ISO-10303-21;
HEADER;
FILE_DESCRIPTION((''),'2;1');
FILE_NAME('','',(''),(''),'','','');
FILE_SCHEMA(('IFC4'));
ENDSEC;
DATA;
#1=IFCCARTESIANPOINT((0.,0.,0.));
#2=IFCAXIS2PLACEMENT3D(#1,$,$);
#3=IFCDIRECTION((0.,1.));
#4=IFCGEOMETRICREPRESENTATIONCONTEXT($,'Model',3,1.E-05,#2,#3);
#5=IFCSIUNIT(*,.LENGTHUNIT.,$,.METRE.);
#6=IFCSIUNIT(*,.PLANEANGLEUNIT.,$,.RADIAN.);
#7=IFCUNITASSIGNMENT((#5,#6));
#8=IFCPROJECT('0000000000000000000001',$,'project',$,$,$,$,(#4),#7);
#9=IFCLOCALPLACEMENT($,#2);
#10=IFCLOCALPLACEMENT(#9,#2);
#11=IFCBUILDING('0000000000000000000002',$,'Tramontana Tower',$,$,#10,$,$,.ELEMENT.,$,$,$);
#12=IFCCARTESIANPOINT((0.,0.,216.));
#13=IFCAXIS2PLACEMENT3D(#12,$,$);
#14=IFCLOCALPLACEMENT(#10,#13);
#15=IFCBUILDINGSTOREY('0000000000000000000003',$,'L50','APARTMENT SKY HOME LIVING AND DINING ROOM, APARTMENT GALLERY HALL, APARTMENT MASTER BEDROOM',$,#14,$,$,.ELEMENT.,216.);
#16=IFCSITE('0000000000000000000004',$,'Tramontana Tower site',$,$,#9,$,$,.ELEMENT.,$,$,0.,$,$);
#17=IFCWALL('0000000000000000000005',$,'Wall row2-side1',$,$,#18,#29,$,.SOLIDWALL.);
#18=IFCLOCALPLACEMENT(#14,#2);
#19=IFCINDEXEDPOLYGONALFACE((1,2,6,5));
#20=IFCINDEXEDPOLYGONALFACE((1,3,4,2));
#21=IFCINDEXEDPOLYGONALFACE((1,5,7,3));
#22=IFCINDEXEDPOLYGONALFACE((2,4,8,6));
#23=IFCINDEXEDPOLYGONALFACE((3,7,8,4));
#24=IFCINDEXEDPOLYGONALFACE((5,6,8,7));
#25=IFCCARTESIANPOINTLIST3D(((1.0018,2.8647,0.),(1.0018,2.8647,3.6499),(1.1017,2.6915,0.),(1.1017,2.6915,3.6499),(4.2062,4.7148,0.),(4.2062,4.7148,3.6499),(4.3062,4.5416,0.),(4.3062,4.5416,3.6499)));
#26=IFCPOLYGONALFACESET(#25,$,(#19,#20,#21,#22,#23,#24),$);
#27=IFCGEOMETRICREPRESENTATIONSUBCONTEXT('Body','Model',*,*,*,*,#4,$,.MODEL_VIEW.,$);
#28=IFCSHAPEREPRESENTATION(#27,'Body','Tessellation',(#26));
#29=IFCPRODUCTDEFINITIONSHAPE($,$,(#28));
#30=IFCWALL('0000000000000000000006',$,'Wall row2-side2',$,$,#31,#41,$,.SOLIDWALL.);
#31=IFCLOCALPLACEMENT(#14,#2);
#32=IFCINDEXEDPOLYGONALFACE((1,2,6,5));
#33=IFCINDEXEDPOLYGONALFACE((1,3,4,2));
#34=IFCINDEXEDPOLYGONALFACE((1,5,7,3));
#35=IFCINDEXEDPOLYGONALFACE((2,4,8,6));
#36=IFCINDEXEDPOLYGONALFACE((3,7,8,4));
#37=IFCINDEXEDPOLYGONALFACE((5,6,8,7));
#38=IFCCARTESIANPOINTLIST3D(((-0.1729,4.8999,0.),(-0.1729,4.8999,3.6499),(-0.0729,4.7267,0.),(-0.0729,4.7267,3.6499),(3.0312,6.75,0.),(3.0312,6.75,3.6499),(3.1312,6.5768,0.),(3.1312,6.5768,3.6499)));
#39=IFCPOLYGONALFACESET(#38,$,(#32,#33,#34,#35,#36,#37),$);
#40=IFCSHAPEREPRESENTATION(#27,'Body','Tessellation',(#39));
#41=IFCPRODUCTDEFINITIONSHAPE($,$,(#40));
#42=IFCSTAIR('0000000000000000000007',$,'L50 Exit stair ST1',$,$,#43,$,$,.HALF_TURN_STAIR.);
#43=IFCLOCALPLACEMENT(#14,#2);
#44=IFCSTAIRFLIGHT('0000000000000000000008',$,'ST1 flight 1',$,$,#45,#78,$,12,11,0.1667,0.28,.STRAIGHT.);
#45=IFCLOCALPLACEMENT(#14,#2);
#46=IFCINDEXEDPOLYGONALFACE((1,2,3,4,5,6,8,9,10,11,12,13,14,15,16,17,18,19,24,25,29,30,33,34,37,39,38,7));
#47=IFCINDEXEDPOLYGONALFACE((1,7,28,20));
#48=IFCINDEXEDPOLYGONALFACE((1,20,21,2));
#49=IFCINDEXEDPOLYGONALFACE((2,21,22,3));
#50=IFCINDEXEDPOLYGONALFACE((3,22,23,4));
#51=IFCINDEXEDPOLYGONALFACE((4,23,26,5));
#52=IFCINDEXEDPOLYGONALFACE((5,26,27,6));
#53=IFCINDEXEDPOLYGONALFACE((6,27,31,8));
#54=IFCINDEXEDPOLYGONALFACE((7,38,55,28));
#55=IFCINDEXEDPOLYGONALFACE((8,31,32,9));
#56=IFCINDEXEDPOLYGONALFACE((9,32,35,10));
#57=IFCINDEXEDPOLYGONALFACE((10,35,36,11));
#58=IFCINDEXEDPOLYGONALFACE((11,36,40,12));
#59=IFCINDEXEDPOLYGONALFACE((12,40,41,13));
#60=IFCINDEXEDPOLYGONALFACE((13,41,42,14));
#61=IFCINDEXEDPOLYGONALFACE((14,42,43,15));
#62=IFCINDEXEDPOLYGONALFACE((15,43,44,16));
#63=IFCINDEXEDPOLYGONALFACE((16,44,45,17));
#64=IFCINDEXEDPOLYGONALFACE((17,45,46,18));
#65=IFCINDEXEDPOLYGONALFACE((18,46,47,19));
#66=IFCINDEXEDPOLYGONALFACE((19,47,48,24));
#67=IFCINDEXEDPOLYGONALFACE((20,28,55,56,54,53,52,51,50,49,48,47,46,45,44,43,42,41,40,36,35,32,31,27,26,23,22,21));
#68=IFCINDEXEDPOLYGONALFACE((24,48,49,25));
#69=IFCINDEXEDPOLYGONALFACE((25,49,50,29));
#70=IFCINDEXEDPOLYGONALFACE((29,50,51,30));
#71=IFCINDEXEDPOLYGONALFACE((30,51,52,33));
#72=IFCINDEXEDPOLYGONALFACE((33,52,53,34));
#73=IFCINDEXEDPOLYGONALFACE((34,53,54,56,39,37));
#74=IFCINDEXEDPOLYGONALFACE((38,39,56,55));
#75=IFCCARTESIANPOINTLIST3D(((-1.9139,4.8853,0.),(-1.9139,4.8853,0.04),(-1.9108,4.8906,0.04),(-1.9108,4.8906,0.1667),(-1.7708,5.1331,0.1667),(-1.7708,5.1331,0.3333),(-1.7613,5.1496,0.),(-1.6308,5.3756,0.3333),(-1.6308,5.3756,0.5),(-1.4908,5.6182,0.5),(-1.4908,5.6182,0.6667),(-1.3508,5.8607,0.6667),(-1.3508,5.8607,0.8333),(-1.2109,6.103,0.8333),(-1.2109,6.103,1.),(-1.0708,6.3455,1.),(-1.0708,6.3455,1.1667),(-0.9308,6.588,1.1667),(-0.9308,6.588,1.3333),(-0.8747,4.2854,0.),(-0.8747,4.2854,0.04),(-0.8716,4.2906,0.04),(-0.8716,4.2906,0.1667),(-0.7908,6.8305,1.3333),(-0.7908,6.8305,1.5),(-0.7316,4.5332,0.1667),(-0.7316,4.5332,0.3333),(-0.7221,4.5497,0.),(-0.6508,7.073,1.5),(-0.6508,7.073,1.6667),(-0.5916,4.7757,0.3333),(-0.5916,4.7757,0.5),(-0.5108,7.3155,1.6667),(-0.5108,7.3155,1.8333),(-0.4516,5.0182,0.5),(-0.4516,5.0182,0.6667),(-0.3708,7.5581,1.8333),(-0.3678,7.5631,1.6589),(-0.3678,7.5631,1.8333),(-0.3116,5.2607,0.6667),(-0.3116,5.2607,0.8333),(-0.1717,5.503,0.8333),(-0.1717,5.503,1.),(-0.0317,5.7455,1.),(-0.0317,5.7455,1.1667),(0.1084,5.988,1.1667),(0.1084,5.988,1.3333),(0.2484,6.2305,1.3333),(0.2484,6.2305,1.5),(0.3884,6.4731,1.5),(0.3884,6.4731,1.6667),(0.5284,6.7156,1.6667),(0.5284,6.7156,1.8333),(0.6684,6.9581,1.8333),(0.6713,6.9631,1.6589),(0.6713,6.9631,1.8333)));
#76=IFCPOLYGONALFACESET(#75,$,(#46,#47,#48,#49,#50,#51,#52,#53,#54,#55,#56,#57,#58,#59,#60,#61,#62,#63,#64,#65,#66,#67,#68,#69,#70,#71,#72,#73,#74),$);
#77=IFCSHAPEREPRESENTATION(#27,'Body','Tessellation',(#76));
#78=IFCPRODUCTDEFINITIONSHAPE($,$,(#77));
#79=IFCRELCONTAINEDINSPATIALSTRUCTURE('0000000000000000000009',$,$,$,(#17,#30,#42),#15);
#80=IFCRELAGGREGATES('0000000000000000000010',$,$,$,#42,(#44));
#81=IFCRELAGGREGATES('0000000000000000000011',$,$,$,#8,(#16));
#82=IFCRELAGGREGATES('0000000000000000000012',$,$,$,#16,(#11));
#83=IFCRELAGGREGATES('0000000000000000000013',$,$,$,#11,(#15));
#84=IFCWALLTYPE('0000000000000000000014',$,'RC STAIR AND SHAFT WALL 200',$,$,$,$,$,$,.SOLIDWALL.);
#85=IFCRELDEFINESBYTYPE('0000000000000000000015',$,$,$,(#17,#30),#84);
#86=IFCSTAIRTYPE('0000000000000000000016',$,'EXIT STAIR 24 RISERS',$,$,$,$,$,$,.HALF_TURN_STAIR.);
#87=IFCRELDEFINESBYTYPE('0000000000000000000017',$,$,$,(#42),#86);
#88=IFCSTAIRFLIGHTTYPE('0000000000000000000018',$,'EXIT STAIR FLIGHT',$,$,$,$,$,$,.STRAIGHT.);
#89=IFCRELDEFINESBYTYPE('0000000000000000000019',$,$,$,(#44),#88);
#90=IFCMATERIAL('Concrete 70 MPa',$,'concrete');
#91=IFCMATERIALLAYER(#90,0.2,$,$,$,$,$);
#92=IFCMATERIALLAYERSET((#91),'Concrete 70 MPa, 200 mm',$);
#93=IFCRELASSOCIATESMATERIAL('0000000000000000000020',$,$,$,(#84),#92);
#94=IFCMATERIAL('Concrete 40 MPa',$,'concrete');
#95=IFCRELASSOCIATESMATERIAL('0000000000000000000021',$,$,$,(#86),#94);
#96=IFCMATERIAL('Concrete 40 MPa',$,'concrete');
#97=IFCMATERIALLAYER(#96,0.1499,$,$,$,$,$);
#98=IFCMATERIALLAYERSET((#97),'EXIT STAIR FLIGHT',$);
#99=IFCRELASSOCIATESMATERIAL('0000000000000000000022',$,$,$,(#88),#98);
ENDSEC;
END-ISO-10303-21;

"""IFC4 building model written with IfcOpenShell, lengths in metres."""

from ifc_helpers import new_model, si_unit, direction, frame, frame_2d, origin, place, context, subcontext, project, spatial, polyline, rectangle, outline, extrude, material, layer, layer_set, type_object, element, aggregate, save


model = new_model("IFC4")

# Units and contexts
model_context = context("Model", 3, precision=1e-05, world=origin(), true_north=direction((0.0, 1.0)))
body_context = subcontext(model_context, "Body", "Model", "MODEL_VIEW")
ifc_project = project(units=[si_unit("LENGTHUNIT", "METRE"), si_unit("PLANEANGLEUNIT", "RADIAN")], contexts=[model_context])

# Site, building, storey
site_placement = place(None, origin())
site = spatial("IfcSite", under=ifc_project, at=site_placement, Name="Tramontana Tower site", CompositionType="ELEMENT", RefElevation=0.0)
building_placement = place(site_placement, origin())
building = spatial("IfcBuilding", under=site, at=building_placement, Name="Tramontana Tower", CompositionType="ELEMENT")
storey_placement = place(building_placement, frame((0.0, 0.0, 216.0)))
storey = spatial("IfcBuildingStorey", under=building, at=storey_placement, Name="L50", Description="APARTMENT SKY HOME LIVING AND DINING ROOM, APARTMENT GALLERY HALL, APARTMENT MASTER BEDROOM", CompositionType="ELEMENT", Elevation=216.0)

# Shared definitions
ifc_material_1 = material(Name="Concrete 70 MPa", Category="concrete")
ifc_layer_1 = layer(ifc_material_1, 0.2)
ifc_layer_set_1 = layer_set([ifc_layer_1], Name="Concrete 70 MPa, 200 mm")
wall_type_1 = type_object("IfcWallType", Name="RC STAIR AND SHAFT WALL 200", PredefinedType="SOLIDWALL", material=ifc_layer_set_1)

# Walls
wall_1_placement = place(storey_placement, frame((1.0518, 2.7781, 0.0), z_axis=(0.0, 0.0, 1.0), x_axis=(0.866017, 0.500014, 0.0)))
element("IfcWall", 1, at=wall_1_placement, inside=storey, type_object=wall_type_1, Name="Wall row2-side1", PredefinedType="SOLIDWALL", context=body_context, shape_type="SweptSolid", body=[
    extrude(rectangle(XDim=3.7002, YDim=0.2, at=frame_2d((1.8501, 0.0))), origin(), (0.0, 0.0, 1.0), 3.6499),
])
wall_2_placement = place(storey_placement, frame((-0.123, 4.8132, 0.0), z_axis=(0.0, 0.0, 1.0), x_axis=(0.866001, 0.500042, 0.0)))
element("IfcWall", 2, at=wall_2_placement, inside=storey, type_object=wall_type_1, Name="Wall row2-side2", PredefinedType="SOLIDWALL", context=body_context, shape_type="SweptSolid", body=[
    extrude(rectangle(XDim=3.7, YDim=0.2, at=frame_2d((1.8501, 0.0))), origin(), (0.0, 0.0, 1.0), 3.6499),
])

# Stair, stair flight
ifc_material_2 = material(Name="Concrete 40 MPa", Category="concrete")
stair_type = type_object("IfcStairType", Name="EXIT STAIR 24 RISERS", PredefinedType="HALF_TURN_STAIR", material=ifc_material_2)
stair_placement = place(storey_placement, origin())
stair = element("IfcStair", 3, at=stair_placement, inside=storey, type_object=stair_type, Name="L50 Exit stair ST1", PredefinedType="HALF_TURN_STAIR")
ifc_material_3 = material(Name="Concrete 40 MPa", Category="concrete")
ifc_layer_2 = layer(ifc_material_3, 0.1499)
ifc_layer_set_2 = layer_set([ifc_layer_2], Name="EXIT STAIR FLIGHT")
stair_flight_type = type_object("IfcStairFlightType", Name="EXIT STAIR FLIGHT", PredefinedType="STRAIGHT", material=ifc_layer_set_2)
stair_flight_placement = place(storey_placement, frame((-1.3911, 4.5906, 0.0), z_axis=(0.0, 0.0, 1.0), x_axis=(0.5, 0.866025, 0.0)))
stair_flight = element("IfcStairFlight", 4, at=stair_flight_placement, type_object=stair_flight_type, Name="ST1 flight 1", NumberOfRisers=12, NumberOfTreads=11, PredefinedType="STRAIGHT", RiserHeight=0.1667, TreadLength=0.28, context=body_context, shape_type="SweptSolid", body=[
    extrude(outline(polyline([(-0.0061, 0.0), (-0.0061, 0.04), (0.0, 0.04), (0.0, 0.1667), (0.28, 0.1667), (0.28, 0.3333), (0.5601, 0.3333), (0.5601, 0.5), (0.8401, 0.5), (0.8401, 0.6667), (1.1201, 0.6667), (1.1201, 0.8333), (1.3999, 0.8333), (1.3999, 1.0), (1.6799, 1.0), (1.6799, 1.1667), (1.96, 1.1667), (1.96, 1.3333), (2.24, 1.3333), (2.24, 1.5), (2.52, 1.5), (2.52, 1.6667), (2.8, 1.6667), (2.8, 1.8333), (3.0801, 1.8333), (3.0859, 1.8333), (3.0859, 1.6589), (0.2991, 0.0), (-0.0061, 0.0)])), frame((0.0, 0.6001, 0.0), z_axis=(0.0, -1.0, 0.0), x_axis=(1.0, 0.0, 0.0)), (0.0, 0.0, 1.0), 1.2),
])
aggregate(stair, [stair_flight])

save(model, "model.ifc")
